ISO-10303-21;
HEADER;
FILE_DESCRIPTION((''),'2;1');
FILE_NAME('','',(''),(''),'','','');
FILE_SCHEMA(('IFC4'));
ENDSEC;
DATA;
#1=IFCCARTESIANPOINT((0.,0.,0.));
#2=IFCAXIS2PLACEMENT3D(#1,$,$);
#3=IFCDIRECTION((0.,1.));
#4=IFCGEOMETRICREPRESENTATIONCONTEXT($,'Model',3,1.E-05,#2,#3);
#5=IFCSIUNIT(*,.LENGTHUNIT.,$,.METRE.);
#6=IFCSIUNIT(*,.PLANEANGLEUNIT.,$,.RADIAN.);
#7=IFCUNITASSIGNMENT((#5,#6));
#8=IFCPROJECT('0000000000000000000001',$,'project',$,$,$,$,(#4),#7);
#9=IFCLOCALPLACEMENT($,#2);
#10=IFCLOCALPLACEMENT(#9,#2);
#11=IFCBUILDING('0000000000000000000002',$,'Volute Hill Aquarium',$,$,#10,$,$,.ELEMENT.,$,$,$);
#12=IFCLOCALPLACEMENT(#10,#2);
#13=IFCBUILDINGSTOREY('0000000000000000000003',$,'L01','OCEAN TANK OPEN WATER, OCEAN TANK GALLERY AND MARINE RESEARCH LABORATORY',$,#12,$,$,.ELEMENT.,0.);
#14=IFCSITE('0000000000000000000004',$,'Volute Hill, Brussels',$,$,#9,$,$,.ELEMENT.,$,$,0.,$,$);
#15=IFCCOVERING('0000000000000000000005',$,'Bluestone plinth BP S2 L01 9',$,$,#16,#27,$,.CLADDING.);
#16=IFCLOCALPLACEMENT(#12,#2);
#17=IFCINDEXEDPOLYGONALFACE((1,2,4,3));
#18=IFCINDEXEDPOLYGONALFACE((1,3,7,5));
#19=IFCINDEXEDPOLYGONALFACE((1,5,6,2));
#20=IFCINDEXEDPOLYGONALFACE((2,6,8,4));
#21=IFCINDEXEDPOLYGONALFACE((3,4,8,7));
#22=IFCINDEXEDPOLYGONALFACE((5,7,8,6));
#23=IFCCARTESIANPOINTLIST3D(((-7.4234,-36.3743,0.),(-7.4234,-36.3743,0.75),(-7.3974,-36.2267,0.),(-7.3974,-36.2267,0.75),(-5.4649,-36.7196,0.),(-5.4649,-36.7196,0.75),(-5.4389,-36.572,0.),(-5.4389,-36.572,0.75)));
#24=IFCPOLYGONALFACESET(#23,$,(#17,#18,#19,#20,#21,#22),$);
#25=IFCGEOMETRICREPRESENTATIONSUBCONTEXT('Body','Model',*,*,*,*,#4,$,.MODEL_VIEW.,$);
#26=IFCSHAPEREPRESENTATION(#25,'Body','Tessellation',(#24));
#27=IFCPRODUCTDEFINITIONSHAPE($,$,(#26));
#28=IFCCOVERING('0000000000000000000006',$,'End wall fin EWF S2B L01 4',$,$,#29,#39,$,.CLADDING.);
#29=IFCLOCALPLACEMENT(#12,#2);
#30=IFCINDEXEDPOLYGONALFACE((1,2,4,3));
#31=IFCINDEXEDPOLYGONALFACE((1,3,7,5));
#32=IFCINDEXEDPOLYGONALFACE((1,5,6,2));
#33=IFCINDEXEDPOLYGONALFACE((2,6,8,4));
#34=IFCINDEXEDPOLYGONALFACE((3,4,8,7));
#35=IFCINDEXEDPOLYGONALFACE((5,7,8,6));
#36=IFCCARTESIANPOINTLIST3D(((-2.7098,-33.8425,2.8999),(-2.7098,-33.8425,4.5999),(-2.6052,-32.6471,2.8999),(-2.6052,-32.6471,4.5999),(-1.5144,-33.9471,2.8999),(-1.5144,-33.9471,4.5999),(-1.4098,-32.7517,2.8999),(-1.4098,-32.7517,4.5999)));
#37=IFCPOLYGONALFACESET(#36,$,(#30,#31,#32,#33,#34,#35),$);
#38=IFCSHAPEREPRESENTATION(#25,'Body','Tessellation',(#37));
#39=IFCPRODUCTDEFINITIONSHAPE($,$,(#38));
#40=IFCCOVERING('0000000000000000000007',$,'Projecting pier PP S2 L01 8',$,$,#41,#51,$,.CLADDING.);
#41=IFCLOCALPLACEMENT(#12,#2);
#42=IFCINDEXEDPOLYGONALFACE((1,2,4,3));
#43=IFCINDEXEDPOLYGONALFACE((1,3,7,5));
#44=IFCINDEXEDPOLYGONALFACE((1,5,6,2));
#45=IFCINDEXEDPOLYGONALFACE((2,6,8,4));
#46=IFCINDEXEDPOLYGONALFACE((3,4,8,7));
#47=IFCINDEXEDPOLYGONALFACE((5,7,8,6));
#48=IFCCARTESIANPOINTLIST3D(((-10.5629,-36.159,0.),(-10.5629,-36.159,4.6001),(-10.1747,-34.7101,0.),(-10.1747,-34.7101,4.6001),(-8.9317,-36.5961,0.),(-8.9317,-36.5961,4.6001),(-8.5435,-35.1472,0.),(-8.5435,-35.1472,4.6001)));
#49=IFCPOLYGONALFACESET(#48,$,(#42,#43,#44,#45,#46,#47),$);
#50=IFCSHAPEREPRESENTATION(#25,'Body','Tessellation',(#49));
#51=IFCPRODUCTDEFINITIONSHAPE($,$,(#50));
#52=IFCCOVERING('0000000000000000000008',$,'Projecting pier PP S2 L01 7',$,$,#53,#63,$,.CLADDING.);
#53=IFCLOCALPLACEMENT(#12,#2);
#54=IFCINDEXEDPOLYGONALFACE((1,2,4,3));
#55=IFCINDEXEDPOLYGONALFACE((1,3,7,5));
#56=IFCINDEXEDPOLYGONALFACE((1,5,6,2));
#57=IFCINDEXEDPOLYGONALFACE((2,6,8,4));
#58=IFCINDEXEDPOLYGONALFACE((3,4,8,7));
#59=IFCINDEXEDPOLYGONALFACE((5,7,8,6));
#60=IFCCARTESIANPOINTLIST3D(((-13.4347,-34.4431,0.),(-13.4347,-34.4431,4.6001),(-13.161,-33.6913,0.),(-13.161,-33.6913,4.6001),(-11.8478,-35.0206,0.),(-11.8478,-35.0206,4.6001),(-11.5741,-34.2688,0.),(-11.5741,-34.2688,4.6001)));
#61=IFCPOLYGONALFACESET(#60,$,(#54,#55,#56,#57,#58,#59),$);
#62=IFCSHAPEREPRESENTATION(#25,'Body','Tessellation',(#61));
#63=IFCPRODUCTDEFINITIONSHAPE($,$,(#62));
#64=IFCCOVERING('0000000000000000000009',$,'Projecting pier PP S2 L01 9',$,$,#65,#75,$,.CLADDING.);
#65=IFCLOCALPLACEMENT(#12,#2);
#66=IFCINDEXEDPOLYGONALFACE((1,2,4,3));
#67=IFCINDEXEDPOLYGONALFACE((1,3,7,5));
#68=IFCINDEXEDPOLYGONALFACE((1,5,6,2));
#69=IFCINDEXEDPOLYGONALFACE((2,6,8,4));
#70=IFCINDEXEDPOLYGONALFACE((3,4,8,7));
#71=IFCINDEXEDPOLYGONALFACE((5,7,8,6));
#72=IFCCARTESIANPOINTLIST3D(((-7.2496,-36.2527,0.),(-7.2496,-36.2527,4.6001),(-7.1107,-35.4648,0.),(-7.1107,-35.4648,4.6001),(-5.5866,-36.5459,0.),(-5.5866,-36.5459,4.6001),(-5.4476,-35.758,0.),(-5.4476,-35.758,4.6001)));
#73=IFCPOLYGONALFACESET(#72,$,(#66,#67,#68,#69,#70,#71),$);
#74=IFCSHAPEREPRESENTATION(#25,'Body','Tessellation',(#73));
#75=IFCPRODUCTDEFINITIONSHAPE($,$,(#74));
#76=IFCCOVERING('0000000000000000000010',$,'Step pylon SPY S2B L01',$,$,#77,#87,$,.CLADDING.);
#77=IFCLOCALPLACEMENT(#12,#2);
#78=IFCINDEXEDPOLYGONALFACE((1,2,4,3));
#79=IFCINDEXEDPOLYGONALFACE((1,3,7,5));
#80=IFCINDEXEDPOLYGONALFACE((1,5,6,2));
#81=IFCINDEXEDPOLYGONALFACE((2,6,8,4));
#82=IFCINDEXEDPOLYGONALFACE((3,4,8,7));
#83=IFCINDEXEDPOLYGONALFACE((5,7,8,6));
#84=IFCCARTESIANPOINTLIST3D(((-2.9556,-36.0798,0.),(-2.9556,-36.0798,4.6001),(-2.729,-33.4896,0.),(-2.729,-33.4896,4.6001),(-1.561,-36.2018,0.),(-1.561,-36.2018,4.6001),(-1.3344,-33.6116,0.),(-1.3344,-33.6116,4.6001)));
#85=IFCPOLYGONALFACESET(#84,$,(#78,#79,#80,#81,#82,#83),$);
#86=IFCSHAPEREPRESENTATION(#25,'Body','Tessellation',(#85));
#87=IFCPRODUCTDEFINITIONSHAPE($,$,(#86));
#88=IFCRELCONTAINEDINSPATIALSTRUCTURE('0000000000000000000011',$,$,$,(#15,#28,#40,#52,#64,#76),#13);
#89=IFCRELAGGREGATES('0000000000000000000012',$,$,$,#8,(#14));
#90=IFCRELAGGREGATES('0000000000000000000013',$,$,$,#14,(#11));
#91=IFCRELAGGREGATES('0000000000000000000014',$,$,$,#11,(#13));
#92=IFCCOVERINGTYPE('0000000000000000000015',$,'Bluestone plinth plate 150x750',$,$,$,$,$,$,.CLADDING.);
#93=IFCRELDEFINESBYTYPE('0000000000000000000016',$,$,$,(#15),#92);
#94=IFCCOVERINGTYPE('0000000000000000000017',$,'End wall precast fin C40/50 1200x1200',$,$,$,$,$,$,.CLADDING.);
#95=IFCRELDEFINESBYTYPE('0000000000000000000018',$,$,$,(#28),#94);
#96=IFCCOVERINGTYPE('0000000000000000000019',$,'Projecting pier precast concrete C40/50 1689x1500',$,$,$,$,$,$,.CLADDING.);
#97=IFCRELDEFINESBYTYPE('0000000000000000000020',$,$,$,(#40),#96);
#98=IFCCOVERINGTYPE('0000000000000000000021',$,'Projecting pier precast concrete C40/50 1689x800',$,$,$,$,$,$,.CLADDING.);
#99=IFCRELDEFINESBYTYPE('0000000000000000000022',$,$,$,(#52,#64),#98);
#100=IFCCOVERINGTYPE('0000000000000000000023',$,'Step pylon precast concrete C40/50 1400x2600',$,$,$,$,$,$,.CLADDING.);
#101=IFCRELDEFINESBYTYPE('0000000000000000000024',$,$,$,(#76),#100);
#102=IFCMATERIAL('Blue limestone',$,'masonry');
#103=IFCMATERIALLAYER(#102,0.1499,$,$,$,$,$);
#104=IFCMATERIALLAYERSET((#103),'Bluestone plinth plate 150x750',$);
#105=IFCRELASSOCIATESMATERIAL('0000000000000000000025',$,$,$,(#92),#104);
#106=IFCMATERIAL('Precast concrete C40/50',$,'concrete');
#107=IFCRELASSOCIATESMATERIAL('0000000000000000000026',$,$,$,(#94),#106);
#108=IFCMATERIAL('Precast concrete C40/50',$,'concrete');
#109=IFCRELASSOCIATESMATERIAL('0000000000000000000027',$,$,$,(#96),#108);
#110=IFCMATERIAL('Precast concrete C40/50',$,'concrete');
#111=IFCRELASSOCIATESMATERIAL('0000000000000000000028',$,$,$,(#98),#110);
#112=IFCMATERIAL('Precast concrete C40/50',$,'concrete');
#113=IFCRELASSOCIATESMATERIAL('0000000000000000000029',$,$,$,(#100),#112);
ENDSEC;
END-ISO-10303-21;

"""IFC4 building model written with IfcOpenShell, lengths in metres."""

from ifc_helpers import new_model, si_unit, direction, frame, origin, origin_2d, place, context, subcontext, project, spatial, rectangle, extrude, material, layer, layer_set, type_object, element, save


model = new_model("IFC4")

# Units and contexts
model_context = context("Model", 3, precision=1e-05, world=origin(), true_north=direction((0.0, 1.0)))
body_context = subcontext(model_context, "Body", "Model", "MODEL_VIEW")
ifc_project = project(units=[si_unit("LENGTHUNIT", "METRE"), si_unit("PLANEANGLEUNIT", "RADIAN")], contexts=[model_context])

# Site, building, storey
site_placement = place(None, origin())
site = spatial("IfcSite", under=ifc_project, at=site_placement, Name="Volute Hill, Brussels", CompositionType="ELEMENT", RefElevation=0.0)
building_placement = place(site_placement, origin())
building = spatial("IfcBuilding", under=site, at=building_placement, Name="Volute Hill Aquarium", CompositionType="ELEMENT")
storey_placement = place(building_placement, origin())
storey = spatial("IfcBuildingStorey", under=building, at=storey_placement, Name="L01", Description="OCEAN TANK OPEN WATER, OCEAN TANK GALLERY AND MARINE RESEARCH LABORATORY", CompositionType="ELEMENT", Elevation=0.0)

# Coverings
ifc_material_1 = material(Name="Blue limestone", Category="masonry")
ifc_layer_1 = layer(ifc_material_1, 0.1499)
ifc_layer_set_1 = layer_set([ifc_layer_1], Name="Bluestone plinth plate 150x750")
covering_type_1 = type_object("IfcCoveringType", Name="Bluestone plinth plate 150x750", PredefinedType="CLADDING", material=ifc_layer_set_1)
covering_1_placement = place(storey_placement, frame((-6.4312, -36.4731, 0.0), z_axis=(0.0, 0.0, 1.0), x_axis=(0.984808, -0.173648, 0.0)))
element("IfcCovering", 1, at=covering_1_placement, inside=storey, type_object=covering_type_1, Name="Bluestone plinth BP S2 L01 9", PredefinedType="CLADDING", context=body_context, shape_type="SweptSolid", body=[
    extrude(rectangle(XDim=1.9888, YDim=0.1499, at=origin_2d()), origin(), (0.0, 0.0, 1.0), 0.75),
])
ifc_material_2 = material(Name="Precast concrete C40/50", Category="concrete")
covering_type_2 = type_object("IfcCoveringType", Name="End wall precast fin C40/50 1200x1200", PredefinedType="CLADDING", material=ifc_material_2)
covering_2_placement = place(storey_placement, frame((-2.0598, -33.2971, 2.8999), z_axis=(0.0, 0.0, 1.0), x_axis=(-0.087158, -0.996194, 0.0)))
element("IfcCovering", 2, at=covering_2_placement, inside=storey, type_object=covering_type_2, Name="End wall fin EWF S2B L01 4", PredefinedType="CLADDING", context=body_context, shape_type="SweptSolid", body=[
    extrude(rectangle(XDim=1.2, YDim=1.2, at=origin_2d()), origin(), (0.0, 0.0, 1.0), 1.7),
])

# Coverings
ifc_material_3 = material(Name="Precast concrete C40/50", Category="concrete")
covering_type_3 = type_object("IfcCoveringType", Name="Projecting pier precast concrete C40/50 1689x1500", PredefinedType="CLADDING", material=ifc_material_3)
covering_3_placement = place(storey_placement, frame((-9.5532, -35.6531, 0.0), z_axis=(0.0, 0.0, 1.0), x_axis=(0.965926, -0.258819, 0.0)))
element("IfcCovering", 3, at=covering_3_placement, inside=storey, type_object=covering_type_3, Name="Projecting pier PP S2 L01 8", PredefinedType="CLADDING", context=body_context, shape_type="SweptSolid", body=[
    extrude(rectangle(XDim=1.6887, YDim=1.5, at=origin_2d()), origin(), (0.0, 0.0, 1.0), 4.6001),
])
ifc_material_4 = material(Name="Precast concrete C40/50", Category="concrete")
covering_type_4 = type_object("IfcCoveringType", Name="Projecting pier precast concrete C40/50 1689x800", PredefinedType="CLADDING", material=ifc_material_4)
for number, where, z_axis, x_axis, name in (
    (4, (-12.5044, -34.356, 0.0), (0.0, 0.0, 1.0), (0.939693, -0.34202, 0.0), "Projecting pier PP S2 L01 7"),
    (5, (-6.3486, -36.0054, 0.0), (0.0, 0.0, 1.0), (0.984808, -0.173648, 0.0), "Projecting pier PP S2 L01 9"),
):
    element("IfcCovering", number, at=place(storey_placement, frame(where, z_axis=z_axis, x_axis=x_axis)), inside=storey, type_object=covering_type_4, Name=name, PredefinedType="CLADDING", context=body_context, shape_type="SweptSolid", body=[
        extrude(rectangle(XDim=1.6887, YDim=0.8, at=origin_2d()), origin(), (0.0, 0.0, 1.0), 4.6001),
    ])
ifc_material_5 = material(Name="Precast concrete C40/50", Category="concrete")
covering_type_5 = type_object("IfcCoveringType", Name="Step pylon precast concrete C40/50 1400x2600", PredefinedType="CLADDING", material=ifc_material_5)
covering_4_placement = place(storey_placement, frame((-2.145, -34.8457, 0.0), z_axis=(0.0, 0.0, 1.0), x_axis=(-0.087156, -0.996195, 0.0)))
element("IfcCovering", 6, at=covering_4_placement, inside=storey, type_object=covering_type_5, Name="Step pylon SPY S2B L01", PredefinedType="CLADDING", context=body_context, shape_type="SweptSolid", body=[
    extrude(rectangle(XDim=2.6001, YDim=1.3999, at=origin_2d()), origin(), (0.0, 0.0, 1.0), 4.6001),
])

save(model, "model.ifc")
